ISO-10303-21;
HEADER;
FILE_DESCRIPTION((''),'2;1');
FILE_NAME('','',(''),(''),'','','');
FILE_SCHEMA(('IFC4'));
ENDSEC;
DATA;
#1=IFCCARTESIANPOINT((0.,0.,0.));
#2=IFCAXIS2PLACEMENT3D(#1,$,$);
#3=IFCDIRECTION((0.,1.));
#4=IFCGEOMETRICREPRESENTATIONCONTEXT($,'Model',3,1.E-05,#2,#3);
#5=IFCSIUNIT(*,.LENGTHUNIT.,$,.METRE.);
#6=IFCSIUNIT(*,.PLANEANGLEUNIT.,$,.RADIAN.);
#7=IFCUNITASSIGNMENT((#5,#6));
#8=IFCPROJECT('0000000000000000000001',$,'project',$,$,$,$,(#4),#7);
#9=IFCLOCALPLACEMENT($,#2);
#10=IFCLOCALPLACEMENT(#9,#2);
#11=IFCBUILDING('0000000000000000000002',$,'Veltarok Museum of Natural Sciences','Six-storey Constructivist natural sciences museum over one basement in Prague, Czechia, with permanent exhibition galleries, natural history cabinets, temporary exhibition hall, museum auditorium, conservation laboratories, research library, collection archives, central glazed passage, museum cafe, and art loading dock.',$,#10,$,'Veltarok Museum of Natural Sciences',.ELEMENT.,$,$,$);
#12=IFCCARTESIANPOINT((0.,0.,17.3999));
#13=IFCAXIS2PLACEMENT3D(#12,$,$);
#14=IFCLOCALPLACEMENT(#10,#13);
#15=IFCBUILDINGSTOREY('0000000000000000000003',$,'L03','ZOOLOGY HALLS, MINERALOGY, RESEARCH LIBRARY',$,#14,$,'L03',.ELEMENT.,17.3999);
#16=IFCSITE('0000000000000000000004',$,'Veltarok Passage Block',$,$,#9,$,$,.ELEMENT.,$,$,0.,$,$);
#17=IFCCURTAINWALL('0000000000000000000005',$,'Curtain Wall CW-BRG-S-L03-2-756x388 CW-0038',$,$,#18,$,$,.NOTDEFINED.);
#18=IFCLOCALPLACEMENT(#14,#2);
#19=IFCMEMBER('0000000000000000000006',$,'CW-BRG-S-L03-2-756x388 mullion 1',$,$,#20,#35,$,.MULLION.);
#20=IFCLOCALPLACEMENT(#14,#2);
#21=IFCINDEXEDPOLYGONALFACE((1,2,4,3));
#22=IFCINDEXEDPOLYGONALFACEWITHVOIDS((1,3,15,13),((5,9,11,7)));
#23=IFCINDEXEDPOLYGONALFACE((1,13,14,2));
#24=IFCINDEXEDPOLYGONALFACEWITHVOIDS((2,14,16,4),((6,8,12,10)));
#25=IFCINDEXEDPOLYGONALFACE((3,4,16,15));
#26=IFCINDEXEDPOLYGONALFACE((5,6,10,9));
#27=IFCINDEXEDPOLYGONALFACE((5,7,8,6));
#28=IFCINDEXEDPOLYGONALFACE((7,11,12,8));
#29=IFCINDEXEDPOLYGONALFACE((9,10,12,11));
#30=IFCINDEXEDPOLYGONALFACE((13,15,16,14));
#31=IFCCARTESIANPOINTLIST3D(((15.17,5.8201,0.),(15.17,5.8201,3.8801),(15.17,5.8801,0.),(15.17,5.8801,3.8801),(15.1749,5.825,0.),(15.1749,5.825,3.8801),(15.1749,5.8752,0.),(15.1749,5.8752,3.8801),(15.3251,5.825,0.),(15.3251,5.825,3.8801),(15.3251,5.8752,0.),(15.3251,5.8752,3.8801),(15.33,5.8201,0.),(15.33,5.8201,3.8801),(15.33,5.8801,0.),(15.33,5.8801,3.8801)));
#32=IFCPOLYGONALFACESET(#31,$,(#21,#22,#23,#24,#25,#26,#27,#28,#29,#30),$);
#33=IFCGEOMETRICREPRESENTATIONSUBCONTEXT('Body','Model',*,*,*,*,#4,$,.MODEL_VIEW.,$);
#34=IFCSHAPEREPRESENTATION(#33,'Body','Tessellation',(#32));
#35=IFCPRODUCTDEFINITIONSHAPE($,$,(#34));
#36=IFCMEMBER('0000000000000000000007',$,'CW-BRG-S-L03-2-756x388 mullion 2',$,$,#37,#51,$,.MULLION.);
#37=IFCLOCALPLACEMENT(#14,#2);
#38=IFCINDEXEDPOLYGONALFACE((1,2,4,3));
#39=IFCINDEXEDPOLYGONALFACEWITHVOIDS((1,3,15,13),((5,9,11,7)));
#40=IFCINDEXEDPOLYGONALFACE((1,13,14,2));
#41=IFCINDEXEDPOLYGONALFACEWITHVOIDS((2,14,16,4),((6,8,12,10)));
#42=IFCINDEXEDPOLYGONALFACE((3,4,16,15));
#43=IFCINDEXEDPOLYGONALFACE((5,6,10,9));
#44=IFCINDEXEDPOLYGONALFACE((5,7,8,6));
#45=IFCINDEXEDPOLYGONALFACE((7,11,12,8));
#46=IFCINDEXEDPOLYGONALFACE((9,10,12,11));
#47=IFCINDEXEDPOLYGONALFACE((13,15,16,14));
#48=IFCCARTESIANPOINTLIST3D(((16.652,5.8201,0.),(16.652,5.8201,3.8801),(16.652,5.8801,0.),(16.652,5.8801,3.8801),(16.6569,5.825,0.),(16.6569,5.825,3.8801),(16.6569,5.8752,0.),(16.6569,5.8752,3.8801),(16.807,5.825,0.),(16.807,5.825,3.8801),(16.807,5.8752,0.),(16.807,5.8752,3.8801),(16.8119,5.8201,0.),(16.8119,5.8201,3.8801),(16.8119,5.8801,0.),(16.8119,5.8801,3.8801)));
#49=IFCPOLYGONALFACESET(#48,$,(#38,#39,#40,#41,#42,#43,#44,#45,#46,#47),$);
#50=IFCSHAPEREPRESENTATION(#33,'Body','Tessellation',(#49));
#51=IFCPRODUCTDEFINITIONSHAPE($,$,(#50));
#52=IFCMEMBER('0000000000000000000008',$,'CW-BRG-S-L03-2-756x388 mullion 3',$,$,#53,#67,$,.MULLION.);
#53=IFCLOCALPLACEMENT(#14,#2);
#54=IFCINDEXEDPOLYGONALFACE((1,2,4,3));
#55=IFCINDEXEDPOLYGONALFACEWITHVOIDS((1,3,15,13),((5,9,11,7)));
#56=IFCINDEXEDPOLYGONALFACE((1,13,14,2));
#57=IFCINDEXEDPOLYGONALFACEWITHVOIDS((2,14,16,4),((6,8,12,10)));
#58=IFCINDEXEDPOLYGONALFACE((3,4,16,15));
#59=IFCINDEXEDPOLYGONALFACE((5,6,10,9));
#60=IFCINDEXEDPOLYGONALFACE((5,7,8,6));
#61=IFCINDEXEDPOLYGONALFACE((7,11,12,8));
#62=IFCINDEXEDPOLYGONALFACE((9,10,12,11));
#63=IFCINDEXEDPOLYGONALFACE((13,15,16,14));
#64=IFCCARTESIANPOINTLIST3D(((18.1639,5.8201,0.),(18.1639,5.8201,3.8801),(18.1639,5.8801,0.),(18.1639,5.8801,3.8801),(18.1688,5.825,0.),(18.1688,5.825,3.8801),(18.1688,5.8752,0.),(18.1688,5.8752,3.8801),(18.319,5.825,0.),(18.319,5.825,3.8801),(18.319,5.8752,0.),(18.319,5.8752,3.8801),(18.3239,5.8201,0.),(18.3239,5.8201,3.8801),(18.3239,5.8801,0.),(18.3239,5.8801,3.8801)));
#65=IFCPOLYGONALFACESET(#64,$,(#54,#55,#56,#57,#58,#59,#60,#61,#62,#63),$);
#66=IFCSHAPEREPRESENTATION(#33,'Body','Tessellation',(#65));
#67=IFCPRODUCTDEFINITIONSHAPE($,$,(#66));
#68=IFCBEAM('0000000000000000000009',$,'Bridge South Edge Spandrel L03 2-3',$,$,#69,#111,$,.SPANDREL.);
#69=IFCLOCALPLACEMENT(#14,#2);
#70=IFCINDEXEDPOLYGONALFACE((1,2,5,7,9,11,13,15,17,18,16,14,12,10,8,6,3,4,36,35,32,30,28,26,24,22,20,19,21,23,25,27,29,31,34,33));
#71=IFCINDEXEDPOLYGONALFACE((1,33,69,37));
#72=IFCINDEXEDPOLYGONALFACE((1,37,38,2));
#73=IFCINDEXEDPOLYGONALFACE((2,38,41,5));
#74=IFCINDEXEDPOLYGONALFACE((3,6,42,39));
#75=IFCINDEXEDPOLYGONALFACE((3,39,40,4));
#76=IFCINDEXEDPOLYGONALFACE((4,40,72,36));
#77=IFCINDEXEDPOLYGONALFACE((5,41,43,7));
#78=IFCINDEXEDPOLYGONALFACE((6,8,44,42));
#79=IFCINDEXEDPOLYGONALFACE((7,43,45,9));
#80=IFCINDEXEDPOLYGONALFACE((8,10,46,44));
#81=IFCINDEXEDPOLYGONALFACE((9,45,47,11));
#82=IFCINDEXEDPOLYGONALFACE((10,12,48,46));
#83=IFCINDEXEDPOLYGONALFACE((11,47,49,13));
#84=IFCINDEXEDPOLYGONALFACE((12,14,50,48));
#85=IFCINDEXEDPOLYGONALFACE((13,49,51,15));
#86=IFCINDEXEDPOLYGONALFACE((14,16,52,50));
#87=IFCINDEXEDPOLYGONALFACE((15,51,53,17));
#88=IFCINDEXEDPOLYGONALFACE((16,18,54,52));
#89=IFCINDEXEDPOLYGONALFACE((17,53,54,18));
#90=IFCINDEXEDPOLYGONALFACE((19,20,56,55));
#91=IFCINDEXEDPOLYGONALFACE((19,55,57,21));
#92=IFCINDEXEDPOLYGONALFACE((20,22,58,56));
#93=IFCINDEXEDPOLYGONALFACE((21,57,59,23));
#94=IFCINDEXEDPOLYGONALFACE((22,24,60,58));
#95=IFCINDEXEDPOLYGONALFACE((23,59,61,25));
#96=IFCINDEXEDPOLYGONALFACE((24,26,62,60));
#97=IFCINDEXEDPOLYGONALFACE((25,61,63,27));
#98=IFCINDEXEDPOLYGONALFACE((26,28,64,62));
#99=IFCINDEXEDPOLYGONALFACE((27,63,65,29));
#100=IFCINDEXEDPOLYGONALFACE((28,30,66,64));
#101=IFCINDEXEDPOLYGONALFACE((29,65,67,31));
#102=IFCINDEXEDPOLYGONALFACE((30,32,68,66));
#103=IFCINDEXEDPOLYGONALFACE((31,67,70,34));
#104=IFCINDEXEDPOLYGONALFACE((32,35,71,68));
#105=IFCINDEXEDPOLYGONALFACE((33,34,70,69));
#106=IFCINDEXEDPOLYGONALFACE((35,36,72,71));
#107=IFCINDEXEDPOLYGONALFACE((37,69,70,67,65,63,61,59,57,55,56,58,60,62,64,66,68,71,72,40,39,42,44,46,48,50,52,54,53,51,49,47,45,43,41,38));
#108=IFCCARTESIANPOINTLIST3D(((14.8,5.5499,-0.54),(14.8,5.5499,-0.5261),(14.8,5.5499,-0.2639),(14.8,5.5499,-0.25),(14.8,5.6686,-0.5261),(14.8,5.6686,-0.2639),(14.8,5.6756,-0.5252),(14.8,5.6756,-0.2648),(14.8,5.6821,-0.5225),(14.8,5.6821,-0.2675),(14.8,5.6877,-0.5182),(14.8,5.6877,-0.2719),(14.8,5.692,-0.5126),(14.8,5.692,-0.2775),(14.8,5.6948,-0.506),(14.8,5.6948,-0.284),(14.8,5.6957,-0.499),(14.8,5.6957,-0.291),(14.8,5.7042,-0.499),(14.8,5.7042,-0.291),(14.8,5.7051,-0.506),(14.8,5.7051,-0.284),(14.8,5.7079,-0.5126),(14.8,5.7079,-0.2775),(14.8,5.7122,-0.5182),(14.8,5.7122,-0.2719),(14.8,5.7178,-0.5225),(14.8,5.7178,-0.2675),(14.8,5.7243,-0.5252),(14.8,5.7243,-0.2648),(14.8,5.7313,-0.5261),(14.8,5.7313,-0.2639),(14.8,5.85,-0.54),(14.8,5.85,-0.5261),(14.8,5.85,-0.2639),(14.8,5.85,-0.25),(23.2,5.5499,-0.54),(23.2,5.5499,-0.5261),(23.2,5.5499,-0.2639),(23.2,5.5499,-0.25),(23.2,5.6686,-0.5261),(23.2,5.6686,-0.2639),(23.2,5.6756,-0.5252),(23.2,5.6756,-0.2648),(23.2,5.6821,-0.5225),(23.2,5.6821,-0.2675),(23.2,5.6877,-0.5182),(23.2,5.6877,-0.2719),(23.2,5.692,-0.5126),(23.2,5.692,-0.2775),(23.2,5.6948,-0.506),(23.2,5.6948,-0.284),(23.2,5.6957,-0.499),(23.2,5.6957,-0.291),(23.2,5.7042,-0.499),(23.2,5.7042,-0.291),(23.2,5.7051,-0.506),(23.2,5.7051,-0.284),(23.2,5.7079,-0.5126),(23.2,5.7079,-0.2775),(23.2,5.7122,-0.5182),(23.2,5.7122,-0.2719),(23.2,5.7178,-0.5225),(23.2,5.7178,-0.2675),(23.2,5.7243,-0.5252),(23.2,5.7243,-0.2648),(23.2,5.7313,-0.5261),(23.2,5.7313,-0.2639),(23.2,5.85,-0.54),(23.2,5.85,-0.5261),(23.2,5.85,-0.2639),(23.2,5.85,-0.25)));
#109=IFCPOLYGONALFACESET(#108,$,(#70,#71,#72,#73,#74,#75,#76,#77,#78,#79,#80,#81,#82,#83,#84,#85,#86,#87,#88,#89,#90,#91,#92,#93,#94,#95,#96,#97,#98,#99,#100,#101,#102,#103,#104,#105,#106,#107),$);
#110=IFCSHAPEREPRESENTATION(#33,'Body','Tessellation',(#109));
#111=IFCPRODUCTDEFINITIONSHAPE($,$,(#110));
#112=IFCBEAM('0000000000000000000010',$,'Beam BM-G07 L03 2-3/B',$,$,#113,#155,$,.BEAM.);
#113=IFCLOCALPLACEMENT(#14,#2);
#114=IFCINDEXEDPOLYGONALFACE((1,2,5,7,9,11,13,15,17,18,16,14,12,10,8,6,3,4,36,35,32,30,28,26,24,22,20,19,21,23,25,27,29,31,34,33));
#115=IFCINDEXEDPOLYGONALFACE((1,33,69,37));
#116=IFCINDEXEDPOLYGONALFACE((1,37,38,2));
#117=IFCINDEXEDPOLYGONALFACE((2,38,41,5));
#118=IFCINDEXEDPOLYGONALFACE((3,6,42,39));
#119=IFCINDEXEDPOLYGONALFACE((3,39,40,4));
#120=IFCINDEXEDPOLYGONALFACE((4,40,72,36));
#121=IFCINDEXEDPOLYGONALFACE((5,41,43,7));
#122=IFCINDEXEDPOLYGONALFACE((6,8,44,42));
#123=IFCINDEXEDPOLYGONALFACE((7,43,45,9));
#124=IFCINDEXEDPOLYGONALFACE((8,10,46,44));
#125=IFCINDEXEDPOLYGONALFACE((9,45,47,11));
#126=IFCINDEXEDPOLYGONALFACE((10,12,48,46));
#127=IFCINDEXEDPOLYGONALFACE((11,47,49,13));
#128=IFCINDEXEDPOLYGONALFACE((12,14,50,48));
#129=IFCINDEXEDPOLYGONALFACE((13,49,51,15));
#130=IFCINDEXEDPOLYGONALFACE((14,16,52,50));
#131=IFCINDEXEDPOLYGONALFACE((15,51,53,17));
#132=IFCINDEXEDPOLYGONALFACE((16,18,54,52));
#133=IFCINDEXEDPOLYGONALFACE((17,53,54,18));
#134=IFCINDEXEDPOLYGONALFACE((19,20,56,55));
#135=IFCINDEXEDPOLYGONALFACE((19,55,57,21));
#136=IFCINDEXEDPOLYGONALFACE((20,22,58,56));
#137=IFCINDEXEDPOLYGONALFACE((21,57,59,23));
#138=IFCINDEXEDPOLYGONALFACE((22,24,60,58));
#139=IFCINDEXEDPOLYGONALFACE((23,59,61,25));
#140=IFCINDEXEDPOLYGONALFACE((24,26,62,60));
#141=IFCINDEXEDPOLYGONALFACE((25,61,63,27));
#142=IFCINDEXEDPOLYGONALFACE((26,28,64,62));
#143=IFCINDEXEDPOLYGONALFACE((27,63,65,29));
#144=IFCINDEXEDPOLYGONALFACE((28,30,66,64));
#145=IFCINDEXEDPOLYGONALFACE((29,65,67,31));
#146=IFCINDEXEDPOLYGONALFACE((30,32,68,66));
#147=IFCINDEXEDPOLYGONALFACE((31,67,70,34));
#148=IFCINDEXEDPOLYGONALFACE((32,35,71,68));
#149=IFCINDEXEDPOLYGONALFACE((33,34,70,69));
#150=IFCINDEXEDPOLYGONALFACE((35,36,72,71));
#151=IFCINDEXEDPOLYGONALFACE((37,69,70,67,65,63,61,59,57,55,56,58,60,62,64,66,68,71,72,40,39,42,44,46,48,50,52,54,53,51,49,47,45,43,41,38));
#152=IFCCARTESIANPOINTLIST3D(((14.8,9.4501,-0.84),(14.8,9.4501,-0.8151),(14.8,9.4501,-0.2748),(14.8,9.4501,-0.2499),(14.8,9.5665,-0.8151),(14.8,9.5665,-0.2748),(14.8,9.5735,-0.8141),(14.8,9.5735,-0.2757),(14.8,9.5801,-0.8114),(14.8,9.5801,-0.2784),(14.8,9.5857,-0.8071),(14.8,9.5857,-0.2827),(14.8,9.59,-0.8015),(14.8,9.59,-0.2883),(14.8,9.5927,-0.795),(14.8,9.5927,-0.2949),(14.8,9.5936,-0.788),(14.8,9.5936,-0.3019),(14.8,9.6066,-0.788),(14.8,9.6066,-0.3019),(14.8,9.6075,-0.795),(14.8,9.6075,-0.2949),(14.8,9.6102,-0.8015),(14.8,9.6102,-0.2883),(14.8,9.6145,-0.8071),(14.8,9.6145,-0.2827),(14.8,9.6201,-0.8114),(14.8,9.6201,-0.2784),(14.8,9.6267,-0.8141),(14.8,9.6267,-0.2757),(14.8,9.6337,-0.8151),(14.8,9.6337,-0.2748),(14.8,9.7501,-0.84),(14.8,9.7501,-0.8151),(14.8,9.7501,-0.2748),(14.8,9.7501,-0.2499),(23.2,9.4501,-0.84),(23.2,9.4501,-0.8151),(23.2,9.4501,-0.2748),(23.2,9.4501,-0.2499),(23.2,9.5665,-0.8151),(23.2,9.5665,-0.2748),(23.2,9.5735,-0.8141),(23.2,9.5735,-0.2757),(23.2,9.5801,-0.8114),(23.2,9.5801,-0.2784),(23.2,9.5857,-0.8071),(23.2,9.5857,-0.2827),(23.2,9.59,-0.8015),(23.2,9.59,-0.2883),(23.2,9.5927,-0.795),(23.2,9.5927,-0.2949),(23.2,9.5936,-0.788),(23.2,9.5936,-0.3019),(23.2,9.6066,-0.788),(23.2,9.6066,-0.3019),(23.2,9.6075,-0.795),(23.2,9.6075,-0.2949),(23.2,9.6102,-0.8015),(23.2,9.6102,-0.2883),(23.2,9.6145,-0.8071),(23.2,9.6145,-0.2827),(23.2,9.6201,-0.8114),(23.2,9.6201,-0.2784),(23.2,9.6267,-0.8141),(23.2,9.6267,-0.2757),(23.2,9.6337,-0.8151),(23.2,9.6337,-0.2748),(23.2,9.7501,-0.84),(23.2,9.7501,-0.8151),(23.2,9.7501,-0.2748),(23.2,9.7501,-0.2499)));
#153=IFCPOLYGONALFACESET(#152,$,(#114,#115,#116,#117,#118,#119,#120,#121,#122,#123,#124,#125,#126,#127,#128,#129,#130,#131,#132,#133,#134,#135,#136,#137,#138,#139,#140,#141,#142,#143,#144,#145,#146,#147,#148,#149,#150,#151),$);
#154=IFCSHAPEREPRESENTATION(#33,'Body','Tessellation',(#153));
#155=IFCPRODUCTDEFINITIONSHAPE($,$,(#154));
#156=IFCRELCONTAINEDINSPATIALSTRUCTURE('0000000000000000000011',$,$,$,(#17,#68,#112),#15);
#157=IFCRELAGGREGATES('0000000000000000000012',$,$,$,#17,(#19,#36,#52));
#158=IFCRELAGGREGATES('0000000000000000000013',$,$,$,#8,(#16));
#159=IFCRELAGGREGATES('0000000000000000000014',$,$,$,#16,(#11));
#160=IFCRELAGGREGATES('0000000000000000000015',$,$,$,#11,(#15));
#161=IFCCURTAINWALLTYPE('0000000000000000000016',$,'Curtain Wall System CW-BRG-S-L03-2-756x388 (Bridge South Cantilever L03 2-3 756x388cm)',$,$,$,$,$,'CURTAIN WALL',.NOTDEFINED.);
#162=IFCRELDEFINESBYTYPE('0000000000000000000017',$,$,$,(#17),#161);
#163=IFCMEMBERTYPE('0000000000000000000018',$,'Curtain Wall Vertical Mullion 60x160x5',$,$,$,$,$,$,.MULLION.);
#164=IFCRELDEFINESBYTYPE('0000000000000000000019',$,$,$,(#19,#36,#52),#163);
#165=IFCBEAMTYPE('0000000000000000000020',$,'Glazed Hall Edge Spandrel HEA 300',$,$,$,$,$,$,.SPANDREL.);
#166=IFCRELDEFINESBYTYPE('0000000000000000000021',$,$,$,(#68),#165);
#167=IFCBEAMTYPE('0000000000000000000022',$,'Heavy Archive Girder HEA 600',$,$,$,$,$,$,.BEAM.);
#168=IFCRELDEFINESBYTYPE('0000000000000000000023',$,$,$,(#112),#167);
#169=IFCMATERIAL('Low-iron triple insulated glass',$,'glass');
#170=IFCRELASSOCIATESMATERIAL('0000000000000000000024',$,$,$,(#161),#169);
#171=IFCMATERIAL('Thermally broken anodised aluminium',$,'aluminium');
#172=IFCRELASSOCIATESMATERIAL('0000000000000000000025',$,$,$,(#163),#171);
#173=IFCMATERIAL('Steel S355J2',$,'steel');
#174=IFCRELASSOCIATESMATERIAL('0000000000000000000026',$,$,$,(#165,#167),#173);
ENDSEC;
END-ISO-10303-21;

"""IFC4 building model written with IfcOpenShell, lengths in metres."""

from ifc_helpers import new_model, si_unit, direction, frame, origin, origin_2d, place, context, subcontext, project, spatial, hollow_rectangle, i_section, extrude, material, material_profile, profile_set, type_object, element, aggregate, save


model = new_model("IFC4")

# Units and contexts
model_context = context("Model", 3, precision=1e-05, world=origin(), true_north=direction((0.0, 1.0)))
body_context = subcontext(model_context, "Body", "Model", "MODEL_VIEW")
ifc_project = project(units=[si_unit("LENGTHUNIT", "METRE"), si_unit("PLANEANGLEUNIT", "RADIAN")], contexts=[model_context])

# Site, building, storey
site_placement = place(None, origin())
site = spatial("IfcSite", under=ifc_project, at=site_placement, Name="Veltarok Passage Block", CompositionType="ELEMENT", RefElevation=0.0)
building_placement = place(site_placement, origin())
building = spatial("IfcBuilding", under=site, at=building_placement, Name="Veltarok Museum of Natural Sciences", Description="Six-storey Constructivist natural sciences museum over one basement in Prague, Czechia, with permanent exhibition galleries, natural history cabinets, temporary exhibition hall, museum auditorium, conservation laboratories, research library, collection archives, central glazed passage, museum cafe, and art loading dock.", LongName="Veltarok Museum of Natural Sciences", CompositionType="ELEMENT")
storey_placement = place(building_placement, frame((0.0, 0.0, 17.3999)))
storey = spatial("IfcBuildingStorey", under=building, at=storey_placement, Name="L03", Description="ZOOLOGY HALLS, MINERALOGY, RESEARCH LIBRARY", LongName="L03", CompositionType="ELEMENT", Elevation=17.3999)

# Shared definitions
ifc_material_1 = material(Name="Steel S355J2", Category="steel")

# Curtain wall
ifc_material_2 = material(Name="Low-iron triple insulated glass", Category="glass")
curtain_wall_type_1 = type_object("IfcCurtainWallType", Name="Curtain Wall System CW-BRG-S-L03-2-756x388 (Bridge South Cantilever L03 2-3 756x388cm)", ElementType="CURTAIN WALL", PredefinedType="NOTDEFINED", material=ifc_material_2)
curtain_wall_1_placement = place(storey_placement, origin())
curtain_wall_1 = element("IfcCurtainWall", 1, at=curtain_wall_1_placement, inside=storey, type_object=curtain_wall_type_1, Name="Curtain Wall CW-BRG-S-L03-2-756x388 CW-0038", PredefinedType="NOTDEFINED")
ifc_material_3 = material(Name="Thermally broken anodised aluminium", Category="aluminium")

# Shared definitions
ifc_material_profile_1 = material_profile(ifc_material_3, hollow_rectangle(XDim=0.0601, YDim=0.1599, WallThickness=0.0049, at=origin_2d()), Name="CW MULLION 60x160x5")
ifc_profile_set_1 = profile_set([ifc_material_profile_1], Name="Thermally broken anodised aluminium")
member_type_1 = type_object("IfcMemberType", Name="Curtain Wall Vertical Mullion 60x160x5", PredefinedType="MULLION", material=ifc_profile_set_1)

# Members
member_1_placement = place(storey_placement, frame((15.25, 5.8501, 0.0), z_axis=(0.0, 0.0, 1.0), x_axis=(0.0, 1.0, 0.0)))
member_1 = element("IfcMember", 2, at=member_1_placement, type_object=member_type_1, Name="CW-BRG-S-L03-2-756x388 mullion 1", PredefinedType="MULLION", context=body_context, shape_type="SweptSolid", body=[
    extrude(hollow_rectangle(XDim=0.0601, YDim=0.1599, WallThickness=0.0049, at=origin_2d()), origin(), (0.0, 0.0, 1.0), 3.8801),
])
member_2_placement = place(storey_placement, frame((16.7319, 5.8501, 0.0), z_axis=(0.0, 0.0, 1.0), x_axis=(0.0, 1.0, 0.0)))
member_2 = element("IfcMember", 3, at=member_2_placement, type_object=member_type_1, Name="CW-BRG-S-L03-2-756x388 mullion 2", PredefinedType="MULLION", context=body_context, shape_type="SweptSolid", body=[
    extrude(hollow_rectangle(XDim=0.0601, YDim=0.1599, WallThickness=0.0049, at=origin_2d()), origin(), (0.0, 0.0, 1.0), 3.8801),
])
member_3_placement = place(storey_placement, frame((18.2439, 5.8501, 0.0), z_axis=(0.0, 0.0, 1.0), x_axis=(0.0, 1.0, 0.0)))
member_3 = element("IfcMember", 4, at=member_3_placement, type_object=member_type_1, Name="CW-BRG-S-L03-2-756x388 mullion 3", PredefinedType="MULLION", context=body_context, shape_type="SweptSolid", body=[
    extrude(hollow_rectangle(XDim=0.0601, YDim=0.1599, WallThickness=0.0049, at=origin_2d()), origin(), (0.0, 0.0, 1.0), 3.8801),
])

# Beams
ifc_material_profile_2 = material_profile(ifc_material_1, i_section(OverallWidth=0.3, OverallDepth=0.29, WebThickness=0.0085, FlangeThickness=0.0139, FilletRadius=0.0271, at=origin_2d()), Name="HEA 300")
ifc_profile_set_2 = profile_set([ifc_material_profile_2], Name="Steel S355J2")
beam_type_1 = type_object("IfcBeamType", Name="Glazed Hall Edge Spandrel HEA 300", PredefinedType="SPANDREL", material=ifc_profile_set_2)
beam_1_placement = place(storey_placement, frame((14.8, 5.7, -0.395), z_axis=(1.0, 0.0, 0.0), x_axis=(0.0, 1.0, 0.0)))
element("IfcBeam", 5, at=beam_1_placement, inside=storey, type_object=beam_type_1, Name="Bridge South Edge Spandrel L03 2-3", PredefinedType="SPANDREL", context=body_context, shape_type="SweptSolid", body=[
    extrude(i_section(OverallWidth=0.3, OverallDepth=0.29, WebThickness=0.0085, FlangeThickness=0.0139, FilletRadius=0.0271, at=origin_2d()), origin(), (0.0, 0.0, 1.0), 8.3999),
])
ifc_material_profile_3 = material_profile(ifc_material_1, i_section(OverallWidth=0.3, OverallDepth=0.5901, WebThickness=0.0129, FlangeThickness=0.0249, FilletRadius=0.0271, at=origin_2d()), Name="HEA 600")
ifc_profile_set_3 = profile_set([ifc_material_profile_3], Name="Steel S355J2")
beam_type_2 = type_object("IfcBeamType", Name="Heavy Archive Girder HEA 600", PredefinedType="BEAM", material=ifc_profile_set_3)
beam_2_placement = place(storey_placement, frame((14.8, 9.6001, -0.5449), z_axis=(1.0, 0.0, 0.0), x_axis=(0.0, 1.0, 0.0)))
element("IfcBeam", 6, at=beam_2_placement, inside=storey, type_object=beam_type_2, Name="Beam BM-G07 L03 2-3/B", PredefinedType="BEAM", context=body_context, shape_type="SweptSolid", body=[
    extrude(i_section(OverallWidth=0.3, OverallDepth=0.5901, WebThickness=0.0129, FlangeThickness=0.0249, FilletRadius=0.0271, at=origin_2d()), origin(), (0.0, 0.0, 1.0), 8.3999),
])

aggregate(curtain_wall_1, [member_1, member_2, member_3])

save(model, "model.ifc")
